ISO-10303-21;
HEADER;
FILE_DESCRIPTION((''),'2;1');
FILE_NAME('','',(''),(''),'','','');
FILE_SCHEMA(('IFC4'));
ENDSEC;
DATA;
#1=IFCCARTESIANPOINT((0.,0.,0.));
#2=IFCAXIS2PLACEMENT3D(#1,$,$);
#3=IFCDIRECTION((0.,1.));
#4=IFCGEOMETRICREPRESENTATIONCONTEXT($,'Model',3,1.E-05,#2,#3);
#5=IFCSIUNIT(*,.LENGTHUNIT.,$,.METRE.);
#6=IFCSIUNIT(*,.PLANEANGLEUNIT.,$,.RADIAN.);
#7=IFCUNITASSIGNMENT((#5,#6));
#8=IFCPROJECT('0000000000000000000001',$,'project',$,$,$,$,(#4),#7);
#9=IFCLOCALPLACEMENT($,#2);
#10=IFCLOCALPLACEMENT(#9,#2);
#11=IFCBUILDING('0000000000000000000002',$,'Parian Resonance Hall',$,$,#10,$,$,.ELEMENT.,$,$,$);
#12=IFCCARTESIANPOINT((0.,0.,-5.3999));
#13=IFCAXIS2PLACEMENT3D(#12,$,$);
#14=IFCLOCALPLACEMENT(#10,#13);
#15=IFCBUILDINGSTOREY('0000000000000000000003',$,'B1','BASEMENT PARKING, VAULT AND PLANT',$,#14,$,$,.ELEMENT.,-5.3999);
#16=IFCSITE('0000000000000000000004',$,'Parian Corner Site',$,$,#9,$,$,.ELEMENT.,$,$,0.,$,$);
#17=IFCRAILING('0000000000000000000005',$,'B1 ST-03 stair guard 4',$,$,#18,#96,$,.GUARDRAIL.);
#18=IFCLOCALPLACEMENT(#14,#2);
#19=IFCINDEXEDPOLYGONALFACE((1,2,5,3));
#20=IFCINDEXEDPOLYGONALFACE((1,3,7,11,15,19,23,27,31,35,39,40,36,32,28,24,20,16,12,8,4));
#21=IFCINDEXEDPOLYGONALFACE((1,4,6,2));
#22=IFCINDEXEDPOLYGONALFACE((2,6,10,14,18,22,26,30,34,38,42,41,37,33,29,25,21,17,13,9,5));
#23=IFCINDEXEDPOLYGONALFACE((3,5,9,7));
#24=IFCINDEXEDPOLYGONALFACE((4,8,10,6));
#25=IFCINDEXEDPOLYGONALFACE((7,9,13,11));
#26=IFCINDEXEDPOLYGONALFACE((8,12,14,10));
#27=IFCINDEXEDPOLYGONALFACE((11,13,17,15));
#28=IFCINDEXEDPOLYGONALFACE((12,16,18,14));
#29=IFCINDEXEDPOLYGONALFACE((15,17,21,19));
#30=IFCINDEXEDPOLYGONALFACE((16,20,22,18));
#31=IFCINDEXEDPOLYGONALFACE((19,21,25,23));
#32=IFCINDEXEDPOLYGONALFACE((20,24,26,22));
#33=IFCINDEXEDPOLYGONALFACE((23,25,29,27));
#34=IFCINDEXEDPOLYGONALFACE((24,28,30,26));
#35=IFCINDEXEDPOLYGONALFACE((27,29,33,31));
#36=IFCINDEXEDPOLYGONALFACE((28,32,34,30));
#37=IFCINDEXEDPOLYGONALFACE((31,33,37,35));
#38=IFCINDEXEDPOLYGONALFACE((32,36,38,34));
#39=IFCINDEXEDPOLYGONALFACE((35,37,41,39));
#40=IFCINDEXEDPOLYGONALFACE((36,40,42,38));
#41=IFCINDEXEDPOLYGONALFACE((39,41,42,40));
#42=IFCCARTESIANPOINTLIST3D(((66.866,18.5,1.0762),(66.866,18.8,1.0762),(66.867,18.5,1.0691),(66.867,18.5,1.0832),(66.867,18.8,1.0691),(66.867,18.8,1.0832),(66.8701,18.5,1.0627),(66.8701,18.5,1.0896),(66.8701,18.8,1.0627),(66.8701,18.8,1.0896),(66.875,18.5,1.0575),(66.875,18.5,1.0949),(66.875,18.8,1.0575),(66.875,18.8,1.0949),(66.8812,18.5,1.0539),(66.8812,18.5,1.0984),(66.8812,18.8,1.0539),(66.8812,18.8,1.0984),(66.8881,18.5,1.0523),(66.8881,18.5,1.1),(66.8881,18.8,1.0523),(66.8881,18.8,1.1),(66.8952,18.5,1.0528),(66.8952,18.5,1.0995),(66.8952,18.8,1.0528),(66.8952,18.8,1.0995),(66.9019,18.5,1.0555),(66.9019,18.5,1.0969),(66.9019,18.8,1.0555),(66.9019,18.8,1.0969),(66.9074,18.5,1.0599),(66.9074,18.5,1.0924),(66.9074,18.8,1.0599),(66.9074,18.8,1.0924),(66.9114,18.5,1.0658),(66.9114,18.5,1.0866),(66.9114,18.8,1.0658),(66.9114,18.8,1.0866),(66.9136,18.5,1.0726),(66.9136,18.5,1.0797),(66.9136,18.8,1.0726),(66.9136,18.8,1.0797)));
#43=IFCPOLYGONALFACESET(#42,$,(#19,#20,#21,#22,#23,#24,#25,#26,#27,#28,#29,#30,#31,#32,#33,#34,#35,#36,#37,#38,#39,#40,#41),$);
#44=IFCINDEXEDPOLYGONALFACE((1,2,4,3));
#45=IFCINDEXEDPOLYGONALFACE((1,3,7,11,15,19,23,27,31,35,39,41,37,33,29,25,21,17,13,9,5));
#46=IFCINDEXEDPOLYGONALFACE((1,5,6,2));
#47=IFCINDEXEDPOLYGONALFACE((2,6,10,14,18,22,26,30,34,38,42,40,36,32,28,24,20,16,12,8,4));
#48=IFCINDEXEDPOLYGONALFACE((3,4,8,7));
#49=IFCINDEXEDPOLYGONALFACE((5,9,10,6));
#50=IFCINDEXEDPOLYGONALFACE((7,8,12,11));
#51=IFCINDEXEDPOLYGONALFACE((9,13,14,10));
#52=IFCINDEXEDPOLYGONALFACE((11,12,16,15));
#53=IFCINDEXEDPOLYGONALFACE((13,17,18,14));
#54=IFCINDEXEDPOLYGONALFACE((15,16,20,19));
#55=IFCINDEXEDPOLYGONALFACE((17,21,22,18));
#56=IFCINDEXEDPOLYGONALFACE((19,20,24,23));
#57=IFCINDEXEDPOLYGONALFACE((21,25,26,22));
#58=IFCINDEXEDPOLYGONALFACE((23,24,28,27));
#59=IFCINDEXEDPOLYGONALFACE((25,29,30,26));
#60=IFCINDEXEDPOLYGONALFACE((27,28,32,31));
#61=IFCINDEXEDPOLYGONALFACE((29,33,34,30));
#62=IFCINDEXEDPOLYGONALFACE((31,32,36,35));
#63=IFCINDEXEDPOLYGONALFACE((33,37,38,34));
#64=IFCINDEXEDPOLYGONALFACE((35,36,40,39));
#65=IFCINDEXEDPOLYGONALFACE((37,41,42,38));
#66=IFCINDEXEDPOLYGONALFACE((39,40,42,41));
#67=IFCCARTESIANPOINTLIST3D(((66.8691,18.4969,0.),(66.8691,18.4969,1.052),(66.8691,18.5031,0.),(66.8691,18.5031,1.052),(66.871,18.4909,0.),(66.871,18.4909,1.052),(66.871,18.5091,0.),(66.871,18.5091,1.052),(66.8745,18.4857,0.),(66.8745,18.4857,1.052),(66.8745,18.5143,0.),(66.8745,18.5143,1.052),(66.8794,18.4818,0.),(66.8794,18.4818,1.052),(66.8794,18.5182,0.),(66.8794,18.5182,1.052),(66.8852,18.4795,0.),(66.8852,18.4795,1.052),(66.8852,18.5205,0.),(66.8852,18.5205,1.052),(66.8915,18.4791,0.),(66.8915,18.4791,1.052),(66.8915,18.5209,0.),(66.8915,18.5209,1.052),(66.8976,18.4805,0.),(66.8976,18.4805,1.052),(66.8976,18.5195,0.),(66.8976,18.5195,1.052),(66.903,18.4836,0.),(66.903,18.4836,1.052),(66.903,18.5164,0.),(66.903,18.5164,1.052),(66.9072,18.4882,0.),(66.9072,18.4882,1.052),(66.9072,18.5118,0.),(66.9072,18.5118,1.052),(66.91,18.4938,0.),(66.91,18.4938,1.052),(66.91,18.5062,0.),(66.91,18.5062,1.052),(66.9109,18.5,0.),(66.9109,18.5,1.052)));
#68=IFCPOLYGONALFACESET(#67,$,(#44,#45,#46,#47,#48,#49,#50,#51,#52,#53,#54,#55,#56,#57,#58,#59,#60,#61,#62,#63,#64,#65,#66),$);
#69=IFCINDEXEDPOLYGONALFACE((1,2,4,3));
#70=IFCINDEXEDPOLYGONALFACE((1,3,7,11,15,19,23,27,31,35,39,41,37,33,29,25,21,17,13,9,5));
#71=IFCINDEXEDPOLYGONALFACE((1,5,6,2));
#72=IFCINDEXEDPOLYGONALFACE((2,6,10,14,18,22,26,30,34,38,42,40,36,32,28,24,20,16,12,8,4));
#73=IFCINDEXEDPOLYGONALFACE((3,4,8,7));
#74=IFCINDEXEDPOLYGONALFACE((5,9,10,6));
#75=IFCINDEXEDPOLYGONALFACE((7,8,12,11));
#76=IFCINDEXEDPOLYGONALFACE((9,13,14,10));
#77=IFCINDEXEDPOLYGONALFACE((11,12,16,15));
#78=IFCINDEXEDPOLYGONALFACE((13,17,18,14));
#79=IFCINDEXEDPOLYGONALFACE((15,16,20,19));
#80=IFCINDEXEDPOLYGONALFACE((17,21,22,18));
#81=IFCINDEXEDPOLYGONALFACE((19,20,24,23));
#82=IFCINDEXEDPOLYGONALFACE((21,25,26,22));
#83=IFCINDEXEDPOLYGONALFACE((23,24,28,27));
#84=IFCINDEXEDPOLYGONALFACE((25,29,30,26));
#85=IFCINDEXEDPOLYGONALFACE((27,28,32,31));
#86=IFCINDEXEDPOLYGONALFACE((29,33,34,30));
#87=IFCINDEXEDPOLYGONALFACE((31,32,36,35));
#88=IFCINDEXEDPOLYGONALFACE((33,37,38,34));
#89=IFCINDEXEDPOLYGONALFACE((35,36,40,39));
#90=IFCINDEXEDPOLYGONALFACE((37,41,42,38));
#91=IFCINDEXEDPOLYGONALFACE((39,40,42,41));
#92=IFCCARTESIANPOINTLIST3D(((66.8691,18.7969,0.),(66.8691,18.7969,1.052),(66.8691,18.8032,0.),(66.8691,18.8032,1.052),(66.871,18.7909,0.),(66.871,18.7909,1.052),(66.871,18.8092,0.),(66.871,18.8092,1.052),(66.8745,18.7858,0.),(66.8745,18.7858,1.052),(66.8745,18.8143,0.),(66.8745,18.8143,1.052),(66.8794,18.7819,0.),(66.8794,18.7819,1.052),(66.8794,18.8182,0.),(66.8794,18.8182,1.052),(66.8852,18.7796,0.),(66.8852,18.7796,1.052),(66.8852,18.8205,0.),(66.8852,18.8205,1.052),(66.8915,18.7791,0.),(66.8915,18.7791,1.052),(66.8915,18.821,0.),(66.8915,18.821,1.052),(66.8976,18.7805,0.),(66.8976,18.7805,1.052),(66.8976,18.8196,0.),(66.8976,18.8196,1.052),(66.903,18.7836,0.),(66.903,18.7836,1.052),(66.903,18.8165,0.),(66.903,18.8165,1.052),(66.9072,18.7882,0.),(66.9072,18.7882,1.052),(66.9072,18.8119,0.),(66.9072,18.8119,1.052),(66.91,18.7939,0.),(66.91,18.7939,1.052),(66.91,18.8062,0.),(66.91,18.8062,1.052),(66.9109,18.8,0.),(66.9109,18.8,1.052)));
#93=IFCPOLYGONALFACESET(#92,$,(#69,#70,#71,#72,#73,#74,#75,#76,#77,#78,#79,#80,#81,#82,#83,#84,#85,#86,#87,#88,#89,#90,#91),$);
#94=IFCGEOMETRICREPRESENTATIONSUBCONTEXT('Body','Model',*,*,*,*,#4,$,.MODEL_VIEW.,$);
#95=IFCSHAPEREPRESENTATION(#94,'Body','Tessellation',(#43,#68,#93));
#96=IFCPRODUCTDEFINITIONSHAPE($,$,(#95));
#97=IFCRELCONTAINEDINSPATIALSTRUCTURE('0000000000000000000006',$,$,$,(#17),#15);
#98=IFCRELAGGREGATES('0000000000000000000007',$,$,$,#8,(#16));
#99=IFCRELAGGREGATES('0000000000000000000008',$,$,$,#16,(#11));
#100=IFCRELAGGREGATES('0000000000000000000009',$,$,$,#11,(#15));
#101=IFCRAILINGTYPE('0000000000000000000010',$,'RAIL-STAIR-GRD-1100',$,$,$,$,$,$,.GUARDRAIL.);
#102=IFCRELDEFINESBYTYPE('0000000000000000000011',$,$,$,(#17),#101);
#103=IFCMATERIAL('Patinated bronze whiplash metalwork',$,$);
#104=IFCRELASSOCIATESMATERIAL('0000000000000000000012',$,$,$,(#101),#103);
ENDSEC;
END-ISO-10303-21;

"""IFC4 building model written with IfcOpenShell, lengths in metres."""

from ifc_helpers import new_model, si_unit, direction, frame, origin, origin_2d, place, context, subcontext, project, spatial, circle, extrude, material, type_object, element, save


model = new_model("IFC4")

# Units and contexts
model_context = context("Model", 3, precision=1e-05, world=origin(), true_north=direction((0.0, 1.0)))
body_context = subcontext(model_context, "Body", "Model", "MODEL_VIEW")
ifc_project = project(units=[si_unit("LENGTHUNIT", "METRE"), si_unit("PLANEANGLEUNIT", "RADIAN")], contexts=[model_context])

# Site, building, storey
site_placement = place(None, origin())
site = spatial("IfcSite", under=ifc_project, at=site_placement, Name="Parian Corner Site", CompositionType="ELEMENT", RefElevation=0.0)
building_placement = place(site_placement, origin())
building = spatial("IfcBuilding", under=site, at=building_placement, Name="Parian Resonance Hall", CompositionType="ELEMENT")
storey_placement = place(building_placement, frame((0.0, 0.0, -5.3999)))
storey = spatial("IfcBuildingStorey", under=building, at=storey_placement, Name="B1", Description="BASEMENT PARKING, VAULT AND PLANT", CompositionType="ELEMENT", Elevation=-5.3999)

# Railing
ifc_material_1 = material(Name="Patinated bronze whiplash metalwork")
railing_type_1 = type_object("IfcRailingType", Name="RAIL-STAIR-GRD-1100", PredefinedType="GUARDRAIL", material=ifc_material_1)
railing_1_placement = place(storey_placement, frame((66.8899, 18.5, 0.0)))
element("IfcRailing", 1, at=railing_1_placement, inside=storey, type_object=railing_type_1, Name="B1 ST-03 stair guard 4", PredefinedType="GUARDRAIL", context=body_context, shape_type="SweptSolid", body=[
    extrude(circle(Radius=0.0239, at=origin_2d()), frame((0.0, 0.0, 1.0762), z_axis=(0.0, 1.0, 0.0), x_axis=(-1.0, 0.0, 0.0)), (0.0, 0.0, 1.0), 0.3),
    extrude(circle(Radius=0.021, at=origin_2d()), origin(), (0.0, 0.0, 1.0), 1.052),
    extrude(circle(Radius=0.021, at=origin_2d()), frame((0.0, 0.3, 0.0)), (0.0, 0.0, 1.0), 1.052),
])

save(model, "model.ifc")
